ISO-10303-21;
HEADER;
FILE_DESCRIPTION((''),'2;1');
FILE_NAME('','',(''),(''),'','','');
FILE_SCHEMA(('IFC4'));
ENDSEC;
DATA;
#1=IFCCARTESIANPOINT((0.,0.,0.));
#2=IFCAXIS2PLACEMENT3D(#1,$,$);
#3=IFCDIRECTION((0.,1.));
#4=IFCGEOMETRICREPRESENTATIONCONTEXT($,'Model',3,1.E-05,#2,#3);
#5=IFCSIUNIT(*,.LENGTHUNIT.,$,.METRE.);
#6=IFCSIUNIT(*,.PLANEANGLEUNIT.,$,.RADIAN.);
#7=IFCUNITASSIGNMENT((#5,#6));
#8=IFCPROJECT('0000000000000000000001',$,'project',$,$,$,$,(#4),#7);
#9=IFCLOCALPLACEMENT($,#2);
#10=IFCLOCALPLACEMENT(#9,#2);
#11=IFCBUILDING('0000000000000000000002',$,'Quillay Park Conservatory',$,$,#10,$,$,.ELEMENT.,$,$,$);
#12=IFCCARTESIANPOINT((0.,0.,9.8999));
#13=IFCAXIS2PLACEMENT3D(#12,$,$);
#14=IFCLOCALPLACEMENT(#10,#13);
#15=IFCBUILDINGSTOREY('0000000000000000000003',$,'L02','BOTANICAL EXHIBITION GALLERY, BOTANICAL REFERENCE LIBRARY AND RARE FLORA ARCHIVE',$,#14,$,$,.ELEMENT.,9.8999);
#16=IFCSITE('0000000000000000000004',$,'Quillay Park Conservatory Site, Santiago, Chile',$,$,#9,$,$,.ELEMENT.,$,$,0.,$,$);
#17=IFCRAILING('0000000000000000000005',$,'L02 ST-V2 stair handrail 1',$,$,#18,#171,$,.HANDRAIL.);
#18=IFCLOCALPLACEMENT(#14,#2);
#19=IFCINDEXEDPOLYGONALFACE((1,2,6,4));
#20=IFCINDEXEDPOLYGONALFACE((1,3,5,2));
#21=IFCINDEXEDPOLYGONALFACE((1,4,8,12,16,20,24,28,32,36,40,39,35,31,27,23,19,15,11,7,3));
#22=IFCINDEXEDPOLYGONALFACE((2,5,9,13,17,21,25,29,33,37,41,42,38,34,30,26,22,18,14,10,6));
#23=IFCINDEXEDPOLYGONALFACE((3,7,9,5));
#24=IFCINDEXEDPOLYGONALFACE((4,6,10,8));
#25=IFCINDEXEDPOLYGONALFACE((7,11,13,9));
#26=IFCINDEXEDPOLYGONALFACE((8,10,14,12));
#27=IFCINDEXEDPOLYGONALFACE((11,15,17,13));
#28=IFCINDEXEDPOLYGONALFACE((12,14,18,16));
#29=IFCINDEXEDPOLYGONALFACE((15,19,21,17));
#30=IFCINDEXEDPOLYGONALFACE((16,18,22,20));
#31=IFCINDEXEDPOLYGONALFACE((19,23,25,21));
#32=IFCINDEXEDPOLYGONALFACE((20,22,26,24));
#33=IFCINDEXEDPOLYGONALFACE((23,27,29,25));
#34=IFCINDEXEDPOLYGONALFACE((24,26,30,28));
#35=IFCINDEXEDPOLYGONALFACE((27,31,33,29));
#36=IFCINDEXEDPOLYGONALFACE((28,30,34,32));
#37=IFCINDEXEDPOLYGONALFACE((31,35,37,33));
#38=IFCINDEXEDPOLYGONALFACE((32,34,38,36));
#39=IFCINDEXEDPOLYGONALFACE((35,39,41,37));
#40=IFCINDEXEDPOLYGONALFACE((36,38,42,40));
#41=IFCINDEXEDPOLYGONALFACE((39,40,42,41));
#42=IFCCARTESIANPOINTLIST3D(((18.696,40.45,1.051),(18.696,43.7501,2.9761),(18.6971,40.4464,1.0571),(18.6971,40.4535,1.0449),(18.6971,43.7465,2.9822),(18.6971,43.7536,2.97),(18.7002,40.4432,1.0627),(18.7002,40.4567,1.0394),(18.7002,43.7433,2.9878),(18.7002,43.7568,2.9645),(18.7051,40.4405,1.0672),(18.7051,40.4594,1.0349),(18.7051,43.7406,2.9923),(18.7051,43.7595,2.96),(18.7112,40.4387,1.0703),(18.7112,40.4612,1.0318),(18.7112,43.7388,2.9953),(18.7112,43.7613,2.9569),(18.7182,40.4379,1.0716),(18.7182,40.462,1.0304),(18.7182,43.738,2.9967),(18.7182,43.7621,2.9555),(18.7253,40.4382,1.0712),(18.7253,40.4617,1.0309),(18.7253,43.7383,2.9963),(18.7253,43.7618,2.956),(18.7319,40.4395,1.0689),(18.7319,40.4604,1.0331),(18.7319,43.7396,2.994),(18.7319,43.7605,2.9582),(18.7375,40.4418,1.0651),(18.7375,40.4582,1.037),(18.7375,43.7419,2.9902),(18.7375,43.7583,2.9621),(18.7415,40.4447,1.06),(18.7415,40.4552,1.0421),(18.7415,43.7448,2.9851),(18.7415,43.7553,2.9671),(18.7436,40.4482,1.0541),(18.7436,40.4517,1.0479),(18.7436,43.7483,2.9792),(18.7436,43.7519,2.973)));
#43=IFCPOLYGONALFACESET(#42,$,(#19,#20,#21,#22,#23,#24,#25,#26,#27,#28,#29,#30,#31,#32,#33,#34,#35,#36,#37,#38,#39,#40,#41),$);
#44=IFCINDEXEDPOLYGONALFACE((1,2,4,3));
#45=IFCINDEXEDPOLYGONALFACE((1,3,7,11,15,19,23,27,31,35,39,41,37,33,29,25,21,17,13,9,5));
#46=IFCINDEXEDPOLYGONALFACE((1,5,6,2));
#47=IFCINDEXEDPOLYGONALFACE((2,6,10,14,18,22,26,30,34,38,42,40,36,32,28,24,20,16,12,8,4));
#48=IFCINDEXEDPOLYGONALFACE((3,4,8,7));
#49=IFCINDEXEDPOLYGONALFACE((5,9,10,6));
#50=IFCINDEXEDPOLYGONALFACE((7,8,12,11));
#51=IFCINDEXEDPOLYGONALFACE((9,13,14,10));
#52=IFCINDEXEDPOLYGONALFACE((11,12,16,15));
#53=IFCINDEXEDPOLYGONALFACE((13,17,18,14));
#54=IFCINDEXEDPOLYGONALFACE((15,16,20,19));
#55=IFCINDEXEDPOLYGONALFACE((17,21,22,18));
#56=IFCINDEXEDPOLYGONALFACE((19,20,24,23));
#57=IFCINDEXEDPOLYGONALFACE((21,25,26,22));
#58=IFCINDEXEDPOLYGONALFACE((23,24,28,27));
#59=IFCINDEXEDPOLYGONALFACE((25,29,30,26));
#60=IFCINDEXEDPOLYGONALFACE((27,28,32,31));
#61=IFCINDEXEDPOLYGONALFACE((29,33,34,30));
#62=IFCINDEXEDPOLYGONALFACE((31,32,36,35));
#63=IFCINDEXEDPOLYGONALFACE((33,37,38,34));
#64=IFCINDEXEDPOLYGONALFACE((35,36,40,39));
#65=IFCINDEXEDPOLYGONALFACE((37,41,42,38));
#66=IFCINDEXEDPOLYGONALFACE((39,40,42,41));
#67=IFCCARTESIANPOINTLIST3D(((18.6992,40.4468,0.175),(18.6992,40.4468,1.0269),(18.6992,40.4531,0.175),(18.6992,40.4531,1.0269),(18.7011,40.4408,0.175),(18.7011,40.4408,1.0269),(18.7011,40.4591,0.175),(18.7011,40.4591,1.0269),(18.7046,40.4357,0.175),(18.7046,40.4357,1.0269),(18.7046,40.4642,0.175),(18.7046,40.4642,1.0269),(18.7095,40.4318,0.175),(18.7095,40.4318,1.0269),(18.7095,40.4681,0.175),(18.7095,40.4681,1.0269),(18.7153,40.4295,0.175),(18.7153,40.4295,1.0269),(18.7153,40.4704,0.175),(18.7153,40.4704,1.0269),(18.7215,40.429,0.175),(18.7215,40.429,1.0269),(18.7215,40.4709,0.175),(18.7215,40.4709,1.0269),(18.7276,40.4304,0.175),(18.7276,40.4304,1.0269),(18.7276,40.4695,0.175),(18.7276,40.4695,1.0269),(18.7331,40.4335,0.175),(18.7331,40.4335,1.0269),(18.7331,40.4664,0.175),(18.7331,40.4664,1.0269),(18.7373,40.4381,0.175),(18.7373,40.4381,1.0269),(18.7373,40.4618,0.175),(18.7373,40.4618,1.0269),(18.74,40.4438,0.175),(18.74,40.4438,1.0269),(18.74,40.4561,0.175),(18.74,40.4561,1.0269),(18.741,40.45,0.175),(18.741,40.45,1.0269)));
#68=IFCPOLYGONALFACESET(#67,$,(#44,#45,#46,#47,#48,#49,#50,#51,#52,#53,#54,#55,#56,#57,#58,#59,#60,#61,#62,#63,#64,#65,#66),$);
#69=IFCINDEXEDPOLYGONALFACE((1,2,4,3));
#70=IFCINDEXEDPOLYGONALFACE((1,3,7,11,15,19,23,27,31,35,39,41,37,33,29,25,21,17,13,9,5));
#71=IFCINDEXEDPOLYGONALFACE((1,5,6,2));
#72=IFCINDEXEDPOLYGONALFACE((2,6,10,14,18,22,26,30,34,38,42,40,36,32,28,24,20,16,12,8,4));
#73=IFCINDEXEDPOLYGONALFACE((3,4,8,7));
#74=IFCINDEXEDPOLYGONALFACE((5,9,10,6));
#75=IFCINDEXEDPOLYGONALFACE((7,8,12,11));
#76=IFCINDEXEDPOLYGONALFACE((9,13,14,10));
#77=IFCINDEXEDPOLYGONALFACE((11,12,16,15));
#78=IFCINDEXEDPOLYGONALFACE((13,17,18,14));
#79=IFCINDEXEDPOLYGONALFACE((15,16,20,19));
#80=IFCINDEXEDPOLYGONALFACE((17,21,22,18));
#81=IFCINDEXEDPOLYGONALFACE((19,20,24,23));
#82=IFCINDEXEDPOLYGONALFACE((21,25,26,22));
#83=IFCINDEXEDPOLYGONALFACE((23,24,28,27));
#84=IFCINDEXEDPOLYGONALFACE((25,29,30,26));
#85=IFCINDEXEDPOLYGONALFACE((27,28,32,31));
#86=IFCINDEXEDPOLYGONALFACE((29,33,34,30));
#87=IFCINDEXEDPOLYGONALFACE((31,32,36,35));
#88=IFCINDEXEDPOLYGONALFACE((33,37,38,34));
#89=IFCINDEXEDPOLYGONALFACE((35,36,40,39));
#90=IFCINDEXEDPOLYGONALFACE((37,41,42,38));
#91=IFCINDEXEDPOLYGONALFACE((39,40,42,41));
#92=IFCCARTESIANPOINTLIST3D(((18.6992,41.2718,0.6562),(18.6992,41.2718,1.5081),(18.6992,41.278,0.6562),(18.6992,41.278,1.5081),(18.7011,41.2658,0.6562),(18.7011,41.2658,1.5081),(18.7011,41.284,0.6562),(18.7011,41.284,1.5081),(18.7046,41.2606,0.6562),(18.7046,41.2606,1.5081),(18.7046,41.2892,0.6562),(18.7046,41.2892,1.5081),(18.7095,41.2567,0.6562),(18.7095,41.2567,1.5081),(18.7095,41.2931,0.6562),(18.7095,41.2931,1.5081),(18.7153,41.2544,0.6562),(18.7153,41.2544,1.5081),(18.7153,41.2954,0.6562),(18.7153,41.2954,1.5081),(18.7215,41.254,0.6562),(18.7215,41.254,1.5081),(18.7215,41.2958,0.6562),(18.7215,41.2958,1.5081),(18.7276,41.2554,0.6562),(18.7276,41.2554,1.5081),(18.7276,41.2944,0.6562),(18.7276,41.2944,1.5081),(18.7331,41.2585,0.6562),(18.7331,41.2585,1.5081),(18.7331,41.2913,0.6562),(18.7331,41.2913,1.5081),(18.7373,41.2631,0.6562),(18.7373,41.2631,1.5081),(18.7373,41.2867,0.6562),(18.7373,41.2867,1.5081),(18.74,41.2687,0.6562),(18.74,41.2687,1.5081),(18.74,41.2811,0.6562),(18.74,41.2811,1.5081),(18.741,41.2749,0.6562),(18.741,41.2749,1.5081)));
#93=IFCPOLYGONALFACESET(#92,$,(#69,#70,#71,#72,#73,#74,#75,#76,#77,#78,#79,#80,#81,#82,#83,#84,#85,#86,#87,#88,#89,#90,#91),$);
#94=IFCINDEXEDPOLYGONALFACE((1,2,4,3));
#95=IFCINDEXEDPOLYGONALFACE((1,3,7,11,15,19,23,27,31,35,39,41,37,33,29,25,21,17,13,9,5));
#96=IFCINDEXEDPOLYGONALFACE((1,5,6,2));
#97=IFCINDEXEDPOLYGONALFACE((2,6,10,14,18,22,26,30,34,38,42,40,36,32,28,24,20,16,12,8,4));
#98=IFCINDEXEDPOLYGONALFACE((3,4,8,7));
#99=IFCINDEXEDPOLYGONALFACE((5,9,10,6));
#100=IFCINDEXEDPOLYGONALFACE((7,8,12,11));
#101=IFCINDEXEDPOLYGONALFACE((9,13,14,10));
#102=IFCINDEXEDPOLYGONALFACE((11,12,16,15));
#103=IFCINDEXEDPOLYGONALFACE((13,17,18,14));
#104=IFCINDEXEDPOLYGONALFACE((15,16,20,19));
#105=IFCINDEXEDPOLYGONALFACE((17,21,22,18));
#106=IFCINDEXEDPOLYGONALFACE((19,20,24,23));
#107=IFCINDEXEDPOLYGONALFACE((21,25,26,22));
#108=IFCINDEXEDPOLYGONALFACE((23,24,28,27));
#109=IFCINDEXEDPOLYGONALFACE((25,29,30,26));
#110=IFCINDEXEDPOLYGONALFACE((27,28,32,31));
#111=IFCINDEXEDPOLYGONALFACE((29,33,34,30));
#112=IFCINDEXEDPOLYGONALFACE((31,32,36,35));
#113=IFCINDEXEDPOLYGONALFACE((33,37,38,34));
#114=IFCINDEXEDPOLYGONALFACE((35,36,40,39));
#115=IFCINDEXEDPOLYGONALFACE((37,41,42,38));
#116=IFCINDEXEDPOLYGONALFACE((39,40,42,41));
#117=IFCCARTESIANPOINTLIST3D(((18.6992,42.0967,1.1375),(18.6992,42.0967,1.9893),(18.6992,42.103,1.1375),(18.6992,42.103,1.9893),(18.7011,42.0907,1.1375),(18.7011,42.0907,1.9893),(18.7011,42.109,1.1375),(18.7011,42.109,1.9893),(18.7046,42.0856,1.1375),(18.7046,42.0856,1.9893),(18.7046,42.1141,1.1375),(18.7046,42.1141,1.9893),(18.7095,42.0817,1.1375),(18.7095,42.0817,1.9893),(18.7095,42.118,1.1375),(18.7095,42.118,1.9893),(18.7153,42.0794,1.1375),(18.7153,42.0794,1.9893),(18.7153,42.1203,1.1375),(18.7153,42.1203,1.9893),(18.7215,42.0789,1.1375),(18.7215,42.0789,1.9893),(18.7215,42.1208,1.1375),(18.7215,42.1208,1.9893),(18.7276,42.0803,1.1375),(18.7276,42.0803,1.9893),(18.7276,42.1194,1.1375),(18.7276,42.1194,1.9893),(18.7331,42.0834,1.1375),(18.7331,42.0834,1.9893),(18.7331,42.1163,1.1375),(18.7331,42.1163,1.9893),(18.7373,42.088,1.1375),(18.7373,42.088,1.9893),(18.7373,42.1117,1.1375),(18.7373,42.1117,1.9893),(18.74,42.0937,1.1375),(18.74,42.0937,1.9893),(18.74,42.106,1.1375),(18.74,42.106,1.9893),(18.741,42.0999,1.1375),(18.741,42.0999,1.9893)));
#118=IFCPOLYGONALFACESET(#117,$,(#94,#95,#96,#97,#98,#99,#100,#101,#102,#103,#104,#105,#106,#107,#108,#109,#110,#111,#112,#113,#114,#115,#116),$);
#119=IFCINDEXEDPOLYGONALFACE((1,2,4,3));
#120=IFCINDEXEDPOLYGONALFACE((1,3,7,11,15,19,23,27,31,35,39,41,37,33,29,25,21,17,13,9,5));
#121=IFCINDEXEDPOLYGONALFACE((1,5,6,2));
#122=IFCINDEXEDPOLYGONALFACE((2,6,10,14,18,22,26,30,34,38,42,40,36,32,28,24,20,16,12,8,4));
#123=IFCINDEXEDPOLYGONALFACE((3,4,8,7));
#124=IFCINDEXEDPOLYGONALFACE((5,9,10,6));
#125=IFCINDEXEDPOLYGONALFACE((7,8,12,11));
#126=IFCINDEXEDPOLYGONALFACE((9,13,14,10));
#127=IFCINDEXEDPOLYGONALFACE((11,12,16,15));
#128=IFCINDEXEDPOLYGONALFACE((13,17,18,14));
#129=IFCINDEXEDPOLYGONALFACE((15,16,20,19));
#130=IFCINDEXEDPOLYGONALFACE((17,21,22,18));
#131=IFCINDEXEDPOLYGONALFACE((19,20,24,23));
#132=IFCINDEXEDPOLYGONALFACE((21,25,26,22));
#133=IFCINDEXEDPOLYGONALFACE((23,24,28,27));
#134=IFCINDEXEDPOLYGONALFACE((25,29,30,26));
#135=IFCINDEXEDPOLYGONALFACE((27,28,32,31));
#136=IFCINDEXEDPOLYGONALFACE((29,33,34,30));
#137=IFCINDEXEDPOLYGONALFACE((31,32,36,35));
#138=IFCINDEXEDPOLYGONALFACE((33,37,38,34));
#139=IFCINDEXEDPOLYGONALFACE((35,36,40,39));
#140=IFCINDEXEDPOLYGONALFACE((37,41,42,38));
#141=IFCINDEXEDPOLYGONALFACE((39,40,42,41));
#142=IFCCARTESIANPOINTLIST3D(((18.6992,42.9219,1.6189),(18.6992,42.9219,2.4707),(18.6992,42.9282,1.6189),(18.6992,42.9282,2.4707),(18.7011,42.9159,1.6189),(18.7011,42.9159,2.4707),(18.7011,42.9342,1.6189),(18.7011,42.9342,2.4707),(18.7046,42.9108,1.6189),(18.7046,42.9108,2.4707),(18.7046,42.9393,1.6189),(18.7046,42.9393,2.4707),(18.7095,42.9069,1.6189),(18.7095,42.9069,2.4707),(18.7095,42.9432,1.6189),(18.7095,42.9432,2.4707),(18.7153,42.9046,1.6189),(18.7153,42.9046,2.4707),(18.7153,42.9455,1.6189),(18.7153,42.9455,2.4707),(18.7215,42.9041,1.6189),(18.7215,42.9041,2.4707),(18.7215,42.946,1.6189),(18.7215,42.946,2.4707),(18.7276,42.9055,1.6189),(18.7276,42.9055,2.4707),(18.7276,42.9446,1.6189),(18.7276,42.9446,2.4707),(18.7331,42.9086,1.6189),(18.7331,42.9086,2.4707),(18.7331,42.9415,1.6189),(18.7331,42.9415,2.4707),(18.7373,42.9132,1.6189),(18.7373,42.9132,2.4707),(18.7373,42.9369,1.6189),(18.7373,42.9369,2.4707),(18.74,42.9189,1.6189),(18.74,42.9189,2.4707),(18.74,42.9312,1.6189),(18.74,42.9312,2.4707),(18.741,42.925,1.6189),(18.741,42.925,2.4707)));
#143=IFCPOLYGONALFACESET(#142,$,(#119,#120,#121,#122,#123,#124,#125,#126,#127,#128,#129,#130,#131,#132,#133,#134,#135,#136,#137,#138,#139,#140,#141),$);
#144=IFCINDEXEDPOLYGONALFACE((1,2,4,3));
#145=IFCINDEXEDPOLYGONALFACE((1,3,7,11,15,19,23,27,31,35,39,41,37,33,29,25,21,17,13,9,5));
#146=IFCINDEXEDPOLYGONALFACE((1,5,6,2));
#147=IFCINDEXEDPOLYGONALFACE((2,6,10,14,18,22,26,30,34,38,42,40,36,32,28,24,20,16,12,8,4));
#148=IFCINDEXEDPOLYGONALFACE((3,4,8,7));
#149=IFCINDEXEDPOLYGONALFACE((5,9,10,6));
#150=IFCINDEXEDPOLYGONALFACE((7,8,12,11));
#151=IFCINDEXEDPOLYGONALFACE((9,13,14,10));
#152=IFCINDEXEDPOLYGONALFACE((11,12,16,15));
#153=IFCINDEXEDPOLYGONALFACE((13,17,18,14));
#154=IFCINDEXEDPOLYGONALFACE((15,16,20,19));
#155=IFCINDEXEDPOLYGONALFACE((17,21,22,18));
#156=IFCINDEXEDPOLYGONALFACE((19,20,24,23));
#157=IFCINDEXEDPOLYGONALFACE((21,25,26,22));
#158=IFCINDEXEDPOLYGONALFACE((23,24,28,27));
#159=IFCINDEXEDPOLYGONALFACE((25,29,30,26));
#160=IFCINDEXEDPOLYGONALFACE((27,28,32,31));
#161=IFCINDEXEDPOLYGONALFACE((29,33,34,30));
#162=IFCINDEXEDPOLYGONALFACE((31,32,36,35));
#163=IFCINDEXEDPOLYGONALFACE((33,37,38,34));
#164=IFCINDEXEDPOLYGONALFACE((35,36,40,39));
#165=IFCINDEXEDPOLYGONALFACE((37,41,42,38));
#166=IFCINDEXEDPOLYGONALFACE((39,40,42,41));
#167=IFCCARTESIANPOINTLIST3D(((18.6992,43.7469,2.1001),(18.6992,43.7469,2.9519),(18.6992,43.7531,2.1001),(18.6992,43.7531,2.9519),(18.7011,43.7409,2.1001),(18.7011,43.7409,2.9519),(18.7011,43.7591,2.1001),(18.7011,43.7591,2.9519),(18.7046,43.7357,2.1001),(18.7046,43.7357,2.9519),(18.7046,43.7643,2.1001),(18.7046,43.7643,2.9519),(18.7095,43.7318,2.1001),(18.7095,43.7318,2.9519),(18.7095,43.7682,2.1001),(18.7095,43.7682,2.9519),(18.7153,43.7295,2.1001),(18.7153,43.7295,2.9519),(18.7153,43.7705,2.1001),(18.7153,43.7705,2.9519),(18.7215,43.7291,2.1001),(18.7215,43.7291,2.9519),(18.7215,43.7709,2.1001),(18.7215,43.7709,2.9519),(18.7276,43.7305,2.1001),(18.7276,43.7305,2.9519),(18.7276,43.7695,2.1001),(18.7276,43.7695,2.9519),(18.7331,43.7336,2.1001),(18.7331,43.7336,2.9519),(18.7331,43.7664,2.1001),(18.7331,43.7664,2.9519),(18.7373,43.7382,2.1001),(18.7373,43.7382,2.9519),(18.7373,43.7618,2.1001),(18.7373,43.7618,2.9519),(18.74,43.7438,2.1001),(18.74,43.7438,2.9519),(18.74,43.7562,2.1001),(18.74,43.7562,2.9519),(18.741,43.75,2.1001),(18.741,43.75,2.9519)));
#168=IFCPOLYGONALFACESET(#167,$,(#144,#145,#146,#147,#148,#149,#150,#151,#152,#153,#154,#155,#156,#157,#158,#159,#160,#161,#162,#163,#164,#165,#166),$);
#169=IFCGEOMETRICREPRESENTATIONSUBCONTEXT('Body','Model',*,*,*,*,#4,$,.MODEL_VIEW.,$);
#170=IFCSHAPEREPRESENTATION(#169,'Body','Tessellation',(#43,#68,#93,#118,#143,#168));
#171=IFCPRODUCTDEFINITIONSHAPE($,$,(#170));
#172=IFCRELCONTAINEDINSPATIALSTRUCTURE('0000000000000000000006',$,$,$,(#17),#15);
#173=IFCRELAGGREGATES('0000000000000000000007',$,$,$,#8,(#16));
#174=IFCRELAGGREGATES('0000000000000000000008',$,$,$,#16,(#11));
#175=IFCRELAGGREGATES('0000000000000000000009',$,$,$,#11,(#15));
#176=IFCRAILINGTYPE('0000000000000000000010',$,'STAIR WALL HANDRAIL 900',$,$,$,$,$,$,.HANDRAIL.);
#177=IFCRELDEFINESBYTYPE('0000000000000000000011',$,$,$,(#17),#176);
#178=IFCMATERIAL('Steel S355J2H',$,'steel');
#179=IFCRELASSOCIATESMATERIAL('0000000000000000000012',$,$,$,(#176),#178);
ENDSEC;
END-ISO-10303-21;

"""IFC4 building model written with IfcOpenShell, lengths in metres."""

from ifc_helpers import new_model, si_unit, direction, frame, origin, origin_2d, place, context, subcontext, project, spatial, circle, extrude, material, type_object, element, save


model = new_model("IFC4")

# Units and contexts
model_context = context("Model", 3, precision=1e-05, world=origin(), true_north=direction((0.0, 1.0)))
body_context = subcontext(model_context, "Body", "Model", "MODEL_VIEW")
ifc_project = project(units=[si_unit("LENGTHUNIT", "METRE"), si_unit("PLANEANGLEUNIT", "RADIAN")], contexts=[model_context])

# Site, building, storey
site_placement = place(None, origin())
site = spatial("IfcSite", under=ifc_project, at=site_placement, Name="Quillay Park Conservatory Site, Santiago, Chile", CompositionType="ELEMENT", RefElevation=0.0)
building_placement = place(site_placement, origin())
building = spatial("IfcBuilding", under=site, at=building_placement, Name="Quillay Park Conservatory", CompositionType="ELEMENT")
storey_placement = place(building_placement, frame((0.0, 0.0, 9.8999)))
storey = spatial("IfcBuildingStorey", under=building, at=storey_placement, Name="L02", Description="BOTANICAL EXHIBITION GALLERY, BOTANICAL REFERENCE LIBRARY AND RARE FLORA ARCHIVE", CompositionType="ELEMENT", Elevation=9.8999)

# Railing
ifc_material_1 = material(Name="Steel S355J2H", Category="steel")
railing_type_1 = type_object("IfcRailingType", Name="STAIR WALL HANDRAIL 900", PredefinedType="HANDRAIL", material=ifc_material_1)
railing_1_placement = place(storey_placement, frame((18.72, 40.45, 0.175)))
element("IfcRailing", 1, at=railing_1_placement, inside=storey, type_object=railing_type_1, Name="L02 ST-V2 stair handrail 1", PredefinedType="HANDRAIL", context=body_context, shape_type="SweptSolid", body=[
    extrude(circle(Radius=0.0239, at=origin_2d()), frame((0.0, 0.0, 0.876), z_axis=(0.0, 0.863777, 0.503875), x_axis=(-1.0, 0.0, 0.0)), (0.0, 0.0, 1.0), 3.8206),
    extrude(circle(Radius=0.021, at=origin_2d()), origin(), (0.0, 0.0, 1.0), 0.8518),
    extrude(circle(Radius=0.021, at=origin_2d()), frame((0.0, 0.825, 0.4812)), (0.0, 0.0, 1.0), 0.8518),
    extrude(circle(Radius=0.021, at=origin_2d()), frame((0.0, 1.6499, 0.9624)), (0.0, 0.0, 1.0), 0.8518),
    extrude(circle(Radius=0.021, at=origin_2d()), frame((0.0, 2.4751, 1.4438)), (0.0, 0.0, 1.0), 0.8518),
    extrude(circle(Radius=0.021, at=origin_2d()), frame((0.0, 3.3, 1.925)), (0.0, 0.0, 1.0), 0.8518),
])

save(model, "model.ifc")
